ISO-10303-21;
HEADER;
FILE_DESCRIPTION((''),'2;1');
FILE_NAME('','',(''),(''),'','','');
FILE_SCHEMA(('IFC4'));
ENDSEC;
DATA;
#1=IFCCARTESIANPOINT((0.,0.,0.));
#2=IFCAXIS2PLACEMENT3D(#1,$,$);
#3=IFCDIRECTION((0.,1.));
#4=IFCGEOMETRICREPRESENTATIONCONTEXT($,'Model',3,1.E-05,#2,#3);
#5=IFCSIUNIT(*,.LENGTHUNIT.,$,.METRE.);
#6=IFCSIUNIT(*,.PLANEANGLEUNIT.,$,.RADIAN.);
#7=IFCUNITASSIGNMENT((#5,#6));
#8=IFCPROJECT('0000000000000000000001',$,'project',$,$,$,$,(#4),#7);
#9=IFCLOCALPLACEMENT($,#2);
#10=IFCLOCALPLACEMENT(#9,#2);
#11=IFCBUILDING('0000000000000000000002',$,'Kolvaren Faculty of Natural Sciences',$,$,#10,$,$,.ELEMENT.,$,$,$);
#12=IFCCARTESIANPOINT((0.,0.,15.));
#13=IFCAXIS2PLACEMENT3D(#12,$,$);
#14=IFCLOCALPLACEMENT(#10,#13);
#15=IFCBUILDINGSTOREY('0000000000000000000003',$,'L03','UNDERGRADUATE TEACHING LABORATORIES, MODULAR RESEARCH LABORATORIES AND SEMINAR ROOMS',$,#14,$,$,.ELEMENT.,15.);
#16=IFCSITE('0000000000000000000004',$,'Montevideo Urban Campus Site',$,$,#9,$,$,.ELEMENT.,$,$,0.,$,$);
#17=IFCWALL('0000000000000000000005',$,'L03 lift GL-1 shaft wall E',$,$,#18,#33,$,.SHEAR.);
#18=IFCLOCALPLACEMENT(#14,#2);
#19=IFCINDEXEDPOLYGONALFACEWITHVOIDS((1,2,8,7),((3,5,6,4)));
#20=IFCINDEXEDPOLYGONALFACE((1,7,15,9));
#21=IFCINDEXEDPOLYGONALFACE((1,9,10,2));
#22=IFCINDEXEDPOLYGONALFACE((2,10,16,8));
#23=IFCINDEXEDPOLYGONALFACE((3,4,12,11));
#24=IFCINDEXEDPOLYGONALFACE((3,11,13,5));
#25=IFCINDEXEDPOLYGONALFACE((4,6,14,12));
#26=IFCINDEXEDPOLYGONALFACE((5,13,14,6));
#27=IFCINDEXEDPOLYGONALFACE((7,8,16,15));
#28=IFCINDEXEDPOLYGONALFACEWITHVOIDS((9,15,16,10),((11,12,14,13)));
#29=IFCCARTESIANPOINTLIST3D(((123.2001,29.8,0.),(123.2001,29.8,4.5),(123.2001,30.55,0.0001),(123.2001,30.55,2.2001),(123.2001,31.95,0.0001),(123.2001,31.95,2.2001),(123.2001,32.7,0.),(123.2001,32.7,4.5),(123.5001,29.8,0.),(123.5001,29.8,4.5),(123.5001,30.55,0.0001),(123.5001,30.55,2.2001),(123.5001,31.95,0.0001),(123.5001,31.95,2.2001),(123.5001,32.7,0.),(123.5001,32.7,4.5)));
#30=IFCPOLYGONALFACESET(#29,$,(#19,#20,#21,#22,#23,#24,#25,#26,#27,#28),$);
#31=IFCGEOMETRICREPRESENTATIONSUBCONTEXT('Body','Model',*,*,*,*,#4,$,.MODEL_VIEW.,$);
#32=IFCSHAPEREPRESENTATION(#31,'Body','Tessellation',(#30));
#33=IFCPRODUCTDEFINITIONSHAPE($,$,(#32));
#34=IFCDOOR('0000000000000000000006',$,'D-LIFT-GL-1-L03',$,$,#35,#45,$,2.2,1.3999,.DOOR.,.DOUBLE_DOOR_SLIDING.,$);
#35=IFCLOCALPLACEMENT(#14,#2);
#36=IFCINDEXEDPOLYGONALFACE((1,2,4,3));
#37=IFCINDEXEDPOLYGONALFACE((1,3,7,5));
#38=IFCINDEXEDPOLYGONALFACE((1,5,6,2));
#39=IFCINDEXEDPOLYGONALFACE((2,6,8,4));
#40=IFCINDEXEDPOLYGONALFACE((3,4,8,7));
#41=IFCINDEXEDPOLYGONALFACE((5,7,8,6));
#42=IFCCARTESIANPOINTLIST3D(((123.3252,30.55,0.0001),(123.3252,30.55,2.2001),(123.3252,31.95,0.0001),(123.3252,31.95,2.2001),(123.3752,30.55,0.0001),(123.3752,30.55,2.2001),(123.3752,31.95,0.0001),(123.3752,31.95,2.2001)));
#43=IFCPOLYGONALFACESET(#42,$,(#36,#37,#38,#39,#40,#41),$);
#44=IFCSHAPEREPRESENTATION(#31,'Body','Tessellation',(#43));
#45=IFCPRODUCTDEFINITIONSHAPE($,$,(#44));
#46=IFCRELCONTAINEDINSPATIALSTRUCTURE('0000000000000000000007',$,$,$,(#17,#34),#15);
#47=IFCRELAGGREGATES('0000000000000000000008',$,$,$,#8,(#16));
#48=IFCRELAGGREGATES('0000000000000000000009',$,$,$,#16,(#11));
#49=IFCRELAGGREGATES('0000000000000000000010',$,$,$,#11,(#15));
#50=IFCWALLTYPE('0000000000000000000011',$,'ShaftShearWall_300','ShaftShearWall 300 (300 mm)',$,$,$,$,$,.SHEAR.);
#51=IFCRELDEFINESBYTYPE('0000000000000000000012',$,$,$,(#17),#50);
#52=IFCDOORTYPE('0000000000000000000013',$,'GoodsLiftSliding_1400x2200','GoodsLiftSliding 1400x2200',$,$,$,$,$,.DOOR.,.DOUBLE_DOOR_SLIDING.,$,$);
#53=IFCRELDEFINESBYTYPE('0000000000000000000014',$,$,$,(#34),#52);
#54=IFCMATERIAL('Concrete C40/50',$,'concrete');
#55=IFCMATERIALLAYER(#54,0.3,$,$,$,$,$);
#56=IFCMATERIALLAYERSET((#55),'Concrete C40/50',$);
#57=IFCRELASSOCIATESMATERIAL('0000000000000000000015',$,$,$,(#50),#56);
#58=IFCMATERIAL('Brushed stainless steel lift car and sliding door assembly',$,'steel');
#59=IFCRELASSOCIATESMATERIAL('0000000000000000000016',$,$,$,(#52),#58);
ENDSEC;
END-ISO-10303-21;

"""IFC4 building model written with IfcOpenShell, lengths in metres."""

from ifc_helpers import new_model, si_unit, direction, frame, frame_2d, origin, place, context, subcontext, project, spatial, rectangle, extrude, material, layer, layer_set, type_object, element, fill, save


model = new_model("IFC4")

# Units and contexts
model_context = context("Model", 3, precision=1e-05, world=origin(), true_north=direction((0.0, 1.0)))
body_context = subcontext(model_context, "Body", "Model", "MODEL_VIEW")
ifc_project = project(units=[si_unit("LENGTHUNIT", "METRE"), si_unit("PLANEANGLEUNIT", "RADIAN")], contexts=[model_context])

# Site, building, storey
site_placement = place(None, origin())
site = spatial("IfcSite", under=ifc_project, at=site_placement, Name="Montevideo Urban Campus Site", CompositionType="ELEMENT", RefElevation=0.0)
building_placement = place(site_placement, origin())
building = spatial("IfcBuilding", under=site, at=building_placement, Name="Kolvaren Faculty of Natural Sciences", CompositionType="ELEMENT")
storey_placement = place(building_placement, frame((0.0, 0.0, 15.0)))
storey = spatial("IfcBuildingStorey", under=building, at=storey_placement, Name="L03", Description="UNDERGRADUATE TEACHING LABORATORIES, MODULAR RESEARCH LABORATORIES AND SEMINAR ROOMS", CompositionType="ELEMENT", Elevation=15.0)

# Shared definitions
ifc_material_1 = material(Name="Concrete C40/50", Category="concrete")
ifc_layer_1 = layer(ifc_material_1, 0.3)
ifc_layer_set_1 = layer_set([ifc_layer_1], Name="Concrete C40/50")
wall_type_1 = type_object("IfcWallType", Name="ShaftShearWall_300", Description="ShaftShearWall 300 (300 mm)", PredefinedType="SHEAR", material=ifc_layer_set_1)

# Wall, opening, door
wall_1_placement = place(storey_placement, frame((123.3501, 29.8, 0.0), z_axis=(0.0, 0.0, 1.0), x_axis=(0.0, 1.0, 0.0)))
wall_1 = element("IfcWall", 1, at=wall_1_placement, inside=storey, type_object=wall_type_1, Name="L03 lift GL-1 shaft wall E", PredefinedType="SHEAR", context=body_context, shape_type="SweptSolid", body=[
    extrude(rectangle(XDim=2.8999, YDim=0.3, at=frame_2d((1.45, 0.0))), origin(), (0.0, 0.0, 1.0), 4.5),
])
opening_1_placement = place(wall_1_placement, frame((0.75, 0.0, 0.0)))
opening_1 = element("IfcOpeningElement", 2, at=opening_1_placement, cuts=wall_1, PredefinedType="OPENING", context=body_context, shape_type="SweptSolid", body=[
    extrude(rectangle(XDim=1.3999, YDim=2.2, at=frame_2d((0.7, 1.1001))), frame((0.0, 0.1599, 0.0), z_axis=(0.0, -1.0, 0.0), x_axis=(1.0, 0.0, 0.0)), (0.0, 0.0, 1.0), 0.3201),
])
ifc_material_2 = material(Name="Brushed stainless steel lift car and sliding door assembly", Category="steel")
door_type_1 = type_object("IfcDoorType", Name="GoodsLiftSliding_1400x2200", Description="GoodsLiftSliding 1400x2200", OperationType="DOUBLE_DOOR_SLIDING", PredefinedType="DOOR", material=ifc_material_2)
door_1_placement = place(opening_1_placement, origin())
door_1 = element("IfcDoor", 3, at=door_1_placement, inside=storey, type_object=door_type_1, Name="D-LIFT-GL-1-L03", OperationType="DOUBLE_DOOR_SLIDING", OverallHeight=2.2, OverallWidth=1.3999, PredefinedType="DOOR", context=body_context, shape_type="SweptSolid", body=[
    extrude(rectangle(XDim=1.3999, YDim=2.2, at=frame_2d((0.7, 1.1001))), frame((0.0, 0.0249, 0.0), z_axis=(0.0, -1.0, 0.0), x_axis=(1.0, 0.0, 0.0)), (0.0, 0.0, 1.0), 0.05),
])
fill(opening_1, door_1)

save(model, "model.ifc")
